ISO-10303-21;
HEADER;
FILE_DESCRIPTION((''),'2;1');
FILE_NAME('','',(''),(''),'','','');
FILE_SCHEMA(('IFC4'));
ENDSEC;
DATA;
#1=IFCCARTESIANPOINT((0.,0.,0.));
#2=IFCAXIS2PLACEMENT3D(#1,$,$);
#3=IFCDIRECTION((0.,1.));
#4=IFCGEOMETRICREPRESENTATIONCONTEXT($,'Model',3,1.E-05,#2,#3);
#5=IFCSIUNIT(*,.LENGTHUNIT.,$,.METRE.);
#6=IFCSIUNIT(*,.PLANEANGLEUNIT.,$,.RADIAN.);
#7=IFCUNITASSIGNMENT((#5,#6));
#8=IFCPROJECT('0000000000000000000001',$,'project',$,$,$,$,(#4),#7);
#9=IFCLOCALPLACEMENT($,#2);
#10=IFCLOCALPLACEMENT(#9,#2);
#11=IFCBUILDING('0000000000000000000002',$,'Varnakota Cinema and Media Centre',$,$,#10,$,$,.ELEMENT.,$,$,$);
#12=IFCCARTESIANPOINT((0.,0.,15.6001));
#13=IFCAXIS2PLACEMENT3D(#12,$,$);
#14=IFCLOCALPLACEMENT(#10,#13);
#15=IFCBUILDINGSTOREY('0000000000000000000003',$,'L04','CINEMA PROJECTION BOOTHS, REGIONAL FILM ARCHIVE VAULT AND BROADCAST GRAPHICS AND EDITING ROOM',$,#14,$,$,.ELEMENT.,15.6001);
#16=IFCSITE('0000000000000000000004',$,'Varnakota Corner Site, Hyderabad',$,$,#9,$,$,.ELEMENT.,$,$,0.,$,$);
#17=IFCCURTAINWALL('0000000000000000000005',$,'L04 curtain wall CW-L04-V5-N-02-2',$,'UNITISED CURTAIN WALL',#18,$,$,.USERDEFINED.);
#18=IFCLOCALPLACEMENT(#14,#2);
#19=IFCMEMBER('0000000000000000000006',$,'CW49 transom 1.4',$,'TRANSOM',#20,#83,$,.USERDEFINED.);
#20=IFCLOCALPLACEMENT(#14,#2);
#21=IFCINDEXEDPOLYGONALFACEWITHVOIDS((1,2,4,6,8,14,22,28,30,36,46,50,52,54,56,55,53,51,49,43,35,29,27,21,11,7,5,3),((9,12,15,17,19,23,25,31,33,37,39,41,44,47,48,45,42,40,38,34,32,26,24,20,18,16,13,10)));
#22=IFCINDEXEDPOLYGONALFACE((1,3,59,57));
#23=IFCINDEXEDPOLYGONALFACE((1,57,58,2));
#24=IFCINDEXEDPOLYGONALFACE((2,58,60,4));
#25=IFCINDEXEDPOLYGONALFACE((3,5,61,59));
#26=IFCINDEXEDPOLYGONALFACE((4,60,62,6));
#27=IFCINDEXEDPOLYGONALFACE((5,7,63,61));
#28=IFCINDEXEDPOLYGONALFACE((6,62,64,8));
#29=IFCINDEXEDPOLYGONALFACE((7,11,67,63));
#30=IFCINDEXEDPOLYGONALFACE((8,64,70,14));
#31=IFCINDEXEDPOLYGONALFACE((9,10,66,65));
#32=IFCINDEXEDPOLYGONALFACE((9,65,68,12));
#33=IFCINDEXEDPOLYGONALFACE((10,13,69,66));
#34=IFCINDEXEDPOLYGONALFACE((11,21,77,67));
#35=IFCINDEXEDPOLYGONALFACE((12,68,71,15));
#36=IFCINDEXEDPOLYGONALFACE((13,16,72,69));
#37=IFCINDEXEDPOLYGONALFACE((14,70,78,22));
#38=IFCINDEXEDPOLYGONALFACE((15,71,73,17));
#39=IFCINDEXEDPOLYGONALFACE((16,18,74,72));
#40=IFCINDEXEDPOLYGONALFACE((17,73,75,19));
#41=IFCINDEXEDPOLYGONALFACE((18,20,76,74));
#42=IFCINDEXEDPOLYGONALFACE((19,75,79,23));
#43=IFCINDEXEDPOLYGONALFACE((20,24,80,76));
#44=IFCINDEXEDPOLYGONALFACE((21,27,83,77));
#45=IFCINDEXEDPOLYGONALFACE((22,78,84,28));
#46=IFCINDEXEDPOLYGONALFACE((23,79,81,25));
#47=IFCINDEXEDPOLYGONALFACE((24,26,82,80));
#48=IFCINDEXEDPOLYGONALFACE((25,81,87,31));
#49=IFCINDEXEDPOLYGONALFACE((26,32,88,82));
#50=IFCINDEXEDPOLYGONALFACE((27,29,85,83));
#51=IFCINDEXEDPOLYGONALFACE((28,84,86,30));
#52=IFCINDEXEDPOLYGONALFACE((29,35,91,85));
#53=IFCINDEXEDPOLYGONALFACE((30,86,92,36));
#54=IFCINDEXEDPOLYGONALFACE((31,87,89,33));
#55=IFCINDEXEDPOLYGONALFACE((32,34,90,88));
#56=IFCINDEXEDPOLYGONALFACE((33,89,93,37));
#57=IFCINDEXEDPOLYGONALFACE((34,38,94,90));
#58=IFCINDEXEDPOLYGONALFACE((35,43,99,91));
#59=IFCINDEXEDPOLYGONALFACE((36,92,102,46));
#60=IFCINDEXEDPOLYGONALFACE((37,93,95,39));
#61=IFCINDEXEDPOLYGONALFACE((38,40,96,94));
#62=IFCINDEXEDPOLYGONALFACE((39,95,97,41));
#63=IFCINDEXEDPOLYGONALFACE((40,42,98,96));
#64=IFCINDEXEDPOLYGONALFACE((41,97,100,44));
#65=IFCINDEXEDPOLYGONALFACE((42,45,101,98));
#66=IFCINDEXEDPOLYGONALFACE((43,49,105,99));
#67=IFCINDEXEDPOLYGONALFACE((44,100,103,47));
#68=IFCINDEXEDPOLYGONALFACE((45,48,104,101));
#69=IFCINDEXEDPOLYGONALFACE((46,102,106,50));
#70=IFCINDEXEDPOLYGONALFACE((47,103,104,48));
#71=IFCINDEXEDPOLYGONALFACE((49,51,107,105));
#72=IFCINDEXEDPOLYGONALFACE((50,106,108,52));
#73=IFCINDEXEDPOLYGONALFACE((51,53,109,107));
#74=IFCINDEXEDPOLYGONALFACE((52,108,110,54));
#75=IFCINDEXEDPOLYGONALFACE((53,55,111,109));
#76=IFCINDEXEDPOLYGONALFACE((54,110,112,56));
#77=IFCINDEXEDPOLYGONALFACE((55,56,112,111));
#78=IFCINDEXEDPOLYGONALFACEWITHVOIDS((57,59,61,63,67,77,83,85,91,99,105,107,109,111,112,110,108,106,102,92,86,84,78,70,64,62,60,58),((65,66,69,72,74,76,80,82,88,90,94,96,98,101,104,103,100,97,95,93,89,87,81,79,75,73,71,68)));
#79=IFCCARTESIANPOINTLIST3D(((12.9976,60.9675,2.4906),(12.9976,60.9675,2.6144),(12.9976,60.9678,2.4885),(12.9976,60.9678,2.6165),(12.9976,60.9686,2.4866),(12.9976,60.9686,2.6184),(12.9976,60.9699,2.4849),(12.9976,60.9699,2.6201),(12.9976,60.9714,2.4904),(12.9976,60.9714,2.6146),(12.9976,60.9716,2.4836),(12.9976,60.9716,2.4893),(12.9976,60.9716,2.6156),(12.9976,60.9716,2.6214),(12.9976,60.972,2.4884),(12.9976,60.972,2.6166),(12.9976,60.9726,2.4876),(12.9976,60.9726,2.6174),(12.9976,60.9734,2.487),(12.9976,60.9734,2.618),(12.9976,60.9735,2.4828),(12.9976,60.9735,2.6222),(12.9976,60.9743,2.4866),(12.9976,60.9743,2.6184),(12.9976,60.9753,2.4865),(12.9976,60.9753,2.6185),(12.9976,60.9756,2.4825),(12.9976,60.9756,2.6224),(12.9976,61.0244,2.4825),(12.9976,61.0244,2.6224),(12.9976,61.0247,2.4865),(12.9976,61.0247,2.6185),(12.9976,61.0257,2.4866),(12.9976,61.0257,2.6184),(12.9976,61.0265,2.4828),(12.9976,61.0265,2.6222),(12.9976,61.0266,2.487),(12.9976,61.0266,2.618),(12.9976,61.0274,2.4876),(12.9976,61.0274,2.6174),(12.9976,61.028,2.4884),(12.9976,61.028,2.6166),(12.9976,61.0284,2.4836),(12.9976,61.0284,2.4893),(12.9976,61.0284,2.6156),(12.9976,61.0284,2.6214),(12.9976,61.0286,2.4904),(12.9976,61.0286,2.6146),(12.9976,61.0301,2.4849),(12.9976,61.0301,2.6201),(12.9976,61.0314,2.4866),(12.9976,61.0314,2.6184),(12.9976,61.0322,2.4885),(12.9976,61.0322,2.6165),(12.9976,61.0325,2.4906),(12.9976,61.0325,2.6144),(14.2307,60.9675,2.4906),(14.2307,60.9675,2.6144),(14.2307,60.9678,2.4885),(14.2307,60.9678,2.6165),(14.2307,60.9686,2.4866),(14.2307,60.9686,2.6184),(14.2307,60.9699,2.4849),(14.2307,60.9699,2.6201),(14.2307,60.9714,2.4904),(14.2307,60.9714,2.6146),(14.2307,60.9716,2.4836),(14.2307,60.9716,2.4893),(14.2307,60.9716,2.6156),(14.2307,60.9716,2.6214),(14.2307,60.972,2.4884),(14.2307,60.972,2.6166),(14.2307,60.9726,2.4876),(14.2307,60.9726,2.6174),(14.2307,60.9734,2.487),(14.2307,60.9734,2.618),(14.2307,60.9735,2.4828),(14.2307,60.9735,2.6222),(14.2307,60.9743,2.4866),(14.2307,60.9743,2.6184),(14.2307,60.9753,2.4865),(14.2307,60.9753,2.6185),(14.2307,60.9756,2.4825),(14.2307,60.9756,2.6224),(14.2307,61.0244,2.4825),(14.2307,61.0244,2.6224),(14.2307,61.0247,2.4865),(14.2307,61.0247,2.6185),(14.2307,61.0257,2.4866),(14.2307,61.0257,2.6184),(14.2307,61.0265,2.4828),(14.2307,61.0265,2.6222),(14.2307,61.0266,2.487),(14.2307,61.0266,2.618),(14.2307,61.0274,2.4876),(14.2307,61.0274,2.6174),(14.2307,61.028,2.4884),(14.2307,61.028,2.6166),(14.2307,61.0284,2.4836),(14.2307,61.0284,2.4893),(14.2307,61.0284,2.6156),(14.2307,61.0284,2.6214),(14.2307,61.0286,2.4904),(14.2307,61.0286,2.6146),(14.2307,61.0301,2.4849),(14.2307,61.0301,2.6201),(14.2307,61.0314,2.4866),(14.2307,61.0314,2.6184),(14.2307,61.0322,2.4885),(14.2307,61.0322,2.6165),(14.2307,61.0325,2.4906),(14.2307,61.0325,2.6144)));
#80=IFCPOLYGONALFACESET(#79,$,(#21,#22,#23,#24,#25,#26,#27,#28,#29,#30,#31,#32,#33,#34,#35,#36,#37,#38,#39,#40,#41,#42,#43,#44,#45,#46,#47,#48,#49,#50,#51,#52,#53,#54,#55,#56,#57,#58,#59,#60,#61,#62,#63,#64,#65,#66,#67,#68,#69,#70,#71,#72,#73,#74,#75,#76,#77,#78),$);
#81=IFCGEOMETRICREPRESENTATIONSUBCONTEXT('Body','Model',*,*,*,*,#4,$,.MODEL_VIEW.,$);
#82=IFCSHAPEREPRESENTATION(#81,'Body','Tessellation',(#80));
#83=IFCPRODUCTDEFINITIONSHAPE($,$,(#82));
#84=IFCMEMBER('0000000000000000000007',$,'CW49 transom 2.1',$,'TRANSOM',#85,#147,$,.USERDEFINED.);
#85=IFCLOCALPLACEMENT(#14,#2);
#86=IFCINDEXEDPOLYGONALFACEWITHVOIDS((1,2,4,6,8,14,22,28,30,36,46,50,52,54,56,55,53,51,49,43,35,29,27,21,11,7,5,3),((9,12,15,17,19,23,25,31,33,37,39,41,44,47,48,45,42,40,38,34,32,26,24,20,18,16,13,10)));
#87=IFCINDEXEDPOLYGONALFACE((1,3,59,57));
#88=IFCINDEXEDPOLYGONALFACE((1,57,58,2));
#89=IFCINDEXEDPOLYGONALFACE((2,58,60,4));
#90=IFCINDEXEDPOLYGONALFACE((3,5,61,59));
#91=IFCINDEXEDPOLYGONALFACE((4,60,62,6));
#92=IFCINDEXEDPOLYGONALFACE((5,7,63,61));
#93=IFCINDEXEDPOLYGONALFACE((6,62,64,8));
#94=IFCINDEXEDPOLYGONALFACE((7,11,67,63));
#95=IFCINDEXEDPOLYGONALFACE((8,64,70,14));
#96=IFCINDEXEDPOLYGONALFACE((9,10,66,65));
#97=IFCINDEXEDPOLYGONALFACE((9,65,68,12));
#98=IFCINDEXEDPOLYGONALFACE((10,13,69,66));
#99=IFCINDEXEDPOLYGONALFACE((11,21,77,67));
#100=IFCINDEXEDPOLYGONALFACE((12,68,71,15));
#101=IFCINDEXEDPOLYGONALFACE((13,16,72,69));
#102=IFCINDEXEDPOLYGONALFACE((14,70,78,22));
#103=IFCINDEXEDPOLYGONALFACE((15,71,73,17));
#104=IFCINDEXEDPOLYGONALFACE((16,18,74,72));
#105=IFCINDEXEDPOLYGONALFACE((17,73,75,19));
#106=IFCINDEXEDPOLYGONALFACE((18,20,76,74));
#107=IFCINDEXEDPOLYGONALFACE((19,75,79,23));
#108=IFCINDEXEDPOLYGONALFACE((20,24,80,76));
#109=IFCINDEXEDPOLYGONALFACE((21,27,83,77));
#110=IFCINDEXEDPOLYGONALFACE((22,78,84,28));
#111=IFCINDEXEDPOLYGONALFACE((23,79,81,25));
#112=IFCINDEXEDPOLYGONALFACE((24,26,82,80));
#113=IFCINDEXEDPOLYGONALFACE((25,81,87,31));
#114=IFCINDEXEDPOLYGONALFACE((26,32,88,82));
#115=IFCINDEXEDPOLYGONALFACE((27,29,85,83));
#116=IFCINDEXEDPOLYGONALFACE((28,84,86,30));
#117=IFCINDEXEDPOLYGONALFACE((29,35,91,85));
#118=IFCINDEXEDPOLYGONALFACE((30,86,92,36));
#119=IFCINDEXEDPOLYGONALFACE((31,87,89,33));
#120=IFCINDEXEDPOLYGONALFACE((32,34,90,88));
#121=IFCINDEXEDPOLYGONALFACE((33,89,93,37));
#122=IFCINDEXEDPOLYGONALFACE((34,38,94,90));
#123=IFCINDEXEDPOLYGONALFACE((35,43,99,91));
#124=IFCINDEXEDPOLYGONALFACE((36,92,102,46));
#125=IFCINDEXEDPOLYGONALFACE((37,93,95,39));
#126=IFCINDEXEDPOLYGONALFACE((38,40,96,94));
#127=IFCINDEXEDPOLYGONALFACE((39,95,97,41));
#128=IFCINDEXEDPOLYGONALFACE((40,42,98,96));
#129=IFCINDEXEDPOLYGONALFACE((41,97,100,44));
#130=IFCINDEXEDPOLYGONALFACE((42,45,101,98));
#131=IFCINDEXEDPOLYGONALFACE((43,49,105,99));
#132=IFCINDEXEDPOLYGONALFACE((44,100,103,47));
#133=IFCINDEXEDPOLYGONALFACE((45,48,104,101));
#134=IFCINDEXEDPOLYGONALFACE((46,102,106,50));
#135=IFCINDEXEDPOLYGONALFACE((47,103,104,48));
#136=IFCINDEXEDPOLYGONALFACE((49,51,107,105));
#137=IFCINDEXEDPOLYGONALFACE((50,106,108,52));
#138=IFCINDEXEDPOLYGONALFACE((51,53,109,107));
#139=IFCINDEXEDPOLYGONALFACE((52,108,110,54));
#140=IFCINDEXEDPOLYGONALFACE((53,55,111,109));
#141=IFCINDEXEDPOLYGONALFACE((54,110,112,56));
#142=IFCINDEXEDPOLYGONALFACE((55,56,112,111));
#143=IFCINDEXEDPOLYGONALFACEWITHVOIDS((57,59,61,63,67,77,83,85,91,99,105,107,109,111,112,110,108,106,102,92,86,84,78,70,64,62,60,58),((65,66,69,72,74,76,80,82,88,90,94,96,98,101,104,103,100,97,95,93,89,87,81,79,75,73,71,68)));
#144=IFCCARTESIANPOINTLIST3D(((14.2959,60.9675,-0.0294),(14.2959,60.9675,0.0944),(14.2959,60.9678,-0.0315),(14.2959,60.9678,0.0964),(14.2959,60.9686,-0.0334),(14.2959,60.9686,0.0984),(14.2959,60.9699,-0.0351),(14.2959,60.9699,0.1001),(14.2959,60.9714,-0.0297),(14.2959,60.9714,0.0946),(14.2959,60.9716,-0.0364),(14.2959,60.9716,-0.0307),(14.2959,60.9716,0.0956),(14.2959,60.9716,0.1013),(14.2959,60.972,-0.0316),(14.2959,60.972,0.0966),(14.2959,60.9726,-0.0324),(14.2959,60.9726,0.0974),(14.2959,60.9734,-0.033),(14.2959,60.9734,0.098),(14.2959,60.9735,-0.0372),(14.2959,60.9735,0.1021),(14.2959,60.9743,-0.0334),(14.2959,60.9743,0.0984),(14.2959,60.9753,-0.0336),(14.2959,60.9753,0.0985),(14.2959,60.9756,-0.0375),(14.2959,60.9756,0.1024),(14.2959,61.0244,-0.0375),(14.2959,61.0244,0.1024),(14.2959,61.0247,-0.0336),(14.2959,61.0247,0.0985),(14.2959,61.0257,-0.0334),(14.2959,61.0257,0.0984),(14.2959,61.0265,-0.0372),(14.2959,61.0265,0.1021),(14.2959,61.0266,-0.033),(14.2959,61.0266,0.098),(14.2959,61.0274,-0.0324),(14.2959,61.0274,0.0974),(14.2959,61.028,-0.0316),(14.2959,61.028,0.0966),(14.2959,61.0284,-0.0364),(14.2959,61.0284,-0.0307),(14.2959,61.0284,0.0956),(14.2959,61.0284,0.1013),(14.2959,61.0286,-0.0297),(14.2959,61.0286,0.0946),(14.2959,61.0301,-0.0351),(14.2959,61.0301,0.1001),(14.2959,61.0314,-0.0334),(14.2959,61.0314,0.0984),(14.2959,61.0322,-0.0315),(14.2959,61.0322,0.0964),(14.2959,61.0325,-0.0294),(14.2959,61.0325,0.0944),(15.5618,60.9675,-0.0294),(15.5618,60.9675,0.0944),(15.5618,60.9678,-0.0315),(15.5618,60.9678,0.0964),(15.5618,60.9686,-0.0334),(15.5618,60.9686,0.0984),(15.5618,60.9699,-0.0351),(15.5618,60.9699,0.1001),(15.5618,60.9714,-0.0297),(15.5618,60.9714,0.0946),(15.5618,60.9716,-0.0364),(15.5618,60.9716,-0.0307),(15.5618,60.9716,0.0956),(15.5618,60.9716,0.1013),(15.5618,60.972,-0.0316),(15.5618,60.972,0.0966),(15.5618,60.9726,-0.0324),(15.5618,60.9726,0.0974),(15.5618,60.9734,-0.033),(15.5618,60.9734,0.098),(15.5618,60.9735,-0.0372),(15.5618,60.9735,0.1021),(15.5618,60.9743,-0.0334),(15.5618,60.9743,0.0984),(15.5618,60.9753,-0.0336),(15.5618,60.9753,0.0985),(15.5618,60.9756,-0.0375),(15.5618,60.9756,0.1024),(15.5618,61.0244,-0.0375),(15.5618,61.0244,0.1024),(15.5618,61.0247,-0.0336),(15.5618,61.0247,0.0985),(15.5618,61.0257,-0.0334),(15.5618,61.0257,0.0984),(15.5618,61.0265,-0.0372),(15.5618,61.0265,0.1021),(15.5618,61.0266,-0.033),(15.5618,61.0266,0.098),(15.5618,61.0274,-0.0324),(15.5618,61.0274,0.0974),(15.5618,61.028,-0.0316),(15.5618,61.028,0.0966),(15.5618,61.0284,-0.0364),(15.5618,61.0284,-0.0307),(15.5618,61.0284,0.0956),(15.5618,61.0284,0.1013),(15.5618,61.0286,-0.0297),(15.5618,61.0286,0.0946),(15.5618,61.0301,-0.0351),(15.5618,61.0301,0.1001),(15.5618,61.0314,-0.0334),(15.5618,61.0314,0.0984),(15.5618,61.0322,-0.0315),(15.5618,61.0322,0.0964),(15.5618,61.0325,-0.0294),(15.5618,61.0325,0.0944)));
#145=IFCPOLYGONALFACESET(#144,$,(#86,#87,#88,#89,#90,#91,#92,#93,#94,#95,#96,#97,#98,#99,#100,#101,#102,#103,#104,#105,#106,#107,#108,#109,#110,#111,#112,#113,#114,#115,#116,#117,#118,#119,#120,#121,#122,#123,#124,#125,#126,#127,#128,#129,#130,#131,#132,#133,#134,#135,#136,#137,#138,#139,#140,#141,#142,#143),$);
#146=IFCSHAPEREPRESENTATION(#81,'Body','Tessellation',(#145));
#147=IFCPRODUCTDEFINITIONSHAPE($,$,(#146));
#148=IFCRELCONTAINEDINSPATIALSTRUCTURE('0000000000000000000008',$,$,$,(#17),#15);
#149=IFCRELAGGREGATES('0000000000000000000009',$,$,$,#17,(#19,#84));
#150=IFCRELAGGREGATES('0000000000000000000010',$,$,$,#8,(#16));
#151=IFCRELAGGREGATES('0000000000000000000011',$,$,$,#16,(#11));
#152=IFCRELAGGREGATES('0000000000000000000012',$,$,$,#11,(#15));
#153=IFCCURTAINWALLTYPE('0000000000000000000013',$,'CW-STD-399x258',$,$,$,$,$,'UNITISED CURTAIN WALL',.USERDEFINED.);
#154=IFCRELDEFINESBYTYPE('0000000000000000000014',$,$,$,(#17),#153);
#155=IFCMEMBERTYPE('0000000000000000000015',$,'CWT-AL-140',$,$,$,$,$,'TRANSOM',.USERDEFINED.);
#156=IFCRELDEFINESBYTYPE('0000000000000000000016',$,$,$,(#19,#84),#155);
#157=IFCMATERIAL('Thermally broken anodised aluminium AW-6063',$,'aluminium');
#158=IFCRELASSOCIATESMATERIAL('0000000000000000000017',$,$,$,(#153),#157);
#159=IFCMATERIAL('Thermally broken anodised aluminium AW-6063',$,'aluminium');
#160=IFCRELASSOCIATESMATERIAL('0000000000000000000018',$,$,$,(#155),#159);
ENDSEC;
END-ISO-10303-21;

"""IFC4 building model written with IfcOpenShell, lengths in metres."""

from ifc_helpers import new_model, si_unit, direction, frame, origin, origin_2d, place, context, subcontext, project, spatial, hollow_rectangle, extrude, material, material_profile, profile_set, type_object, element, aggregate, save


model = new_model("IFC4")

# Units and contexts
model_context = context("Model", 3, precision=1e-05, world=origin(), true_north=direction((0.0, 1.0)))
body_context = subcontext(model_context, "Body", "Model", "MODEL_VIEW")
ifc_project = project(units=[si_unit("LENGTHUNIT", "METRE"), si_unit("PLANEANGLEUNIT", "RADIAN")], contexts=[model_context])

# Site, building, storey
site_placement = place(None, origin())
site = spatial("IfcSite", under=ifc_project, at=site_placement, Name="Varnakota Corner Site, Hyderabad", CompositionType="ELEMENT", RefElevation=0.0)
building_placement = place(site_placement, origin())
building = spatial("IfcBuilding", under=site, at=building_placement, Name="Varnakota Cinema and Media Centre", CompositionType="ELEMENT")
storey_placement = place(building_placement, frame((0.0, 0.0, 15.6001)))
storey = spatial("IfcBuildingStorey", under=building, at=storey_placement, Name="L04", Description="CINEMA PROJECTION BOOTHS, REGIONAL FILM ARCHIVE VAULT AND BROADCAST GRAPHICS AND EDITING ROOM", CompositionType="ELEMENT", Elevation=15.6001)

# Shared definitions
ifc_material_1 = material(Name="Thermally broken anodised aluminium AW-6063", Category="aluminium")
curtain_wall_type = type_object("IfcCurtainWallType", Name="CW-STD-399x258", ElementType="UNITISED CURTAIN WALL", PredefinedType="USERDEFINED", material=ifc_material_1)

# Curtain wall, members
curtain_wall_1_placement = place(storey_placement, origin())
curtain_wall_1 = element("IfcCurtainWall", 1, at=curtain_wall_1_placement, inside=storey, type_object=curtain_wall_type, Name="L04 curtain wall CW-L04-V5-N-02-2", ObjectType="UNITISED CURTAIN WALL", PredefinedType="USERDEFINED")
ifc_material_2 = material(Name="Thermally broken anodised aluminium AW-6063", Category="aluminium")
ifc_material_profile_1 = material_profile(ifc_material_2, hollow_rectangle(XDim=0.0649, YDim=0.1399, WallThickness=0.0039, InnerFilletRadius=0.0039, OuterFilletRadius=0.0081, at=origin_2d()), Name="AL-TRANSOM 140x65x4")
ifc_profile_set_1 = profile_set([ifc_material_profile_1], Name="Thermally broken anodised aluminium AW-6063")
member_type_1 = type_object("IfcMemberType", Name="CWT-AL-140", ElementType="TRANSOM", PredefinedType="USERDEFINED", material=ifc_profile_set_1)
member_1_placement = place(storey_placement, frame((12.9976, 61.0, 2.5525), z_axis=(1.0, 0.0, 0.0), x_axis=(0.0, 1.0, 0.0)))
member_1 = element("IfcMember", 2, at=member_1_placement, type_object=member_type_1, Name="CW49 transom 1.4", ObjectType="TRANSOM", PredefinedType="USERDEFINED", context=body_context, shape_type="SweptSolid", body=[
    extrude(hollow_rectangle(XDim=0.0649, YDim=0.1399, WallThickness=0.0039, InnerFilletRadius=0.0039, OuterFilletRadius=0.0081, at=origin_2d()), origin(), (0.0, 0.0, 1.0), 1.2332),
])
member_2_placement = place(storey_placement, frame((14.2959, 61.0, 0.0325), z_axis=(1.0, 0.0, 0.0), x_axis=(0.0, 1.0, 0.0)))
member_2 = element("IfcMember", 3, at=member_2_placement, type_object=member_type_1, Name="CW49 transom 2.1", ObjectType="TRANSOM", PredefinedType="USERDEFINED", context=body_context, shape_type="SweptSolid", body=[
    extrude(hollow_rectangle(XDim=0.0649, YDim=0.1399, WallThickness=0.0039, InnerFilletRadius=0.0039, OuterFilletRadius=0.0081, at=origin_2d()), origin(), (0.0, 0.0, 1.0), 1.2659),
])

aggregate(curtain_wall_1, [member_1, member_2])

save(model, "model.ifc")
